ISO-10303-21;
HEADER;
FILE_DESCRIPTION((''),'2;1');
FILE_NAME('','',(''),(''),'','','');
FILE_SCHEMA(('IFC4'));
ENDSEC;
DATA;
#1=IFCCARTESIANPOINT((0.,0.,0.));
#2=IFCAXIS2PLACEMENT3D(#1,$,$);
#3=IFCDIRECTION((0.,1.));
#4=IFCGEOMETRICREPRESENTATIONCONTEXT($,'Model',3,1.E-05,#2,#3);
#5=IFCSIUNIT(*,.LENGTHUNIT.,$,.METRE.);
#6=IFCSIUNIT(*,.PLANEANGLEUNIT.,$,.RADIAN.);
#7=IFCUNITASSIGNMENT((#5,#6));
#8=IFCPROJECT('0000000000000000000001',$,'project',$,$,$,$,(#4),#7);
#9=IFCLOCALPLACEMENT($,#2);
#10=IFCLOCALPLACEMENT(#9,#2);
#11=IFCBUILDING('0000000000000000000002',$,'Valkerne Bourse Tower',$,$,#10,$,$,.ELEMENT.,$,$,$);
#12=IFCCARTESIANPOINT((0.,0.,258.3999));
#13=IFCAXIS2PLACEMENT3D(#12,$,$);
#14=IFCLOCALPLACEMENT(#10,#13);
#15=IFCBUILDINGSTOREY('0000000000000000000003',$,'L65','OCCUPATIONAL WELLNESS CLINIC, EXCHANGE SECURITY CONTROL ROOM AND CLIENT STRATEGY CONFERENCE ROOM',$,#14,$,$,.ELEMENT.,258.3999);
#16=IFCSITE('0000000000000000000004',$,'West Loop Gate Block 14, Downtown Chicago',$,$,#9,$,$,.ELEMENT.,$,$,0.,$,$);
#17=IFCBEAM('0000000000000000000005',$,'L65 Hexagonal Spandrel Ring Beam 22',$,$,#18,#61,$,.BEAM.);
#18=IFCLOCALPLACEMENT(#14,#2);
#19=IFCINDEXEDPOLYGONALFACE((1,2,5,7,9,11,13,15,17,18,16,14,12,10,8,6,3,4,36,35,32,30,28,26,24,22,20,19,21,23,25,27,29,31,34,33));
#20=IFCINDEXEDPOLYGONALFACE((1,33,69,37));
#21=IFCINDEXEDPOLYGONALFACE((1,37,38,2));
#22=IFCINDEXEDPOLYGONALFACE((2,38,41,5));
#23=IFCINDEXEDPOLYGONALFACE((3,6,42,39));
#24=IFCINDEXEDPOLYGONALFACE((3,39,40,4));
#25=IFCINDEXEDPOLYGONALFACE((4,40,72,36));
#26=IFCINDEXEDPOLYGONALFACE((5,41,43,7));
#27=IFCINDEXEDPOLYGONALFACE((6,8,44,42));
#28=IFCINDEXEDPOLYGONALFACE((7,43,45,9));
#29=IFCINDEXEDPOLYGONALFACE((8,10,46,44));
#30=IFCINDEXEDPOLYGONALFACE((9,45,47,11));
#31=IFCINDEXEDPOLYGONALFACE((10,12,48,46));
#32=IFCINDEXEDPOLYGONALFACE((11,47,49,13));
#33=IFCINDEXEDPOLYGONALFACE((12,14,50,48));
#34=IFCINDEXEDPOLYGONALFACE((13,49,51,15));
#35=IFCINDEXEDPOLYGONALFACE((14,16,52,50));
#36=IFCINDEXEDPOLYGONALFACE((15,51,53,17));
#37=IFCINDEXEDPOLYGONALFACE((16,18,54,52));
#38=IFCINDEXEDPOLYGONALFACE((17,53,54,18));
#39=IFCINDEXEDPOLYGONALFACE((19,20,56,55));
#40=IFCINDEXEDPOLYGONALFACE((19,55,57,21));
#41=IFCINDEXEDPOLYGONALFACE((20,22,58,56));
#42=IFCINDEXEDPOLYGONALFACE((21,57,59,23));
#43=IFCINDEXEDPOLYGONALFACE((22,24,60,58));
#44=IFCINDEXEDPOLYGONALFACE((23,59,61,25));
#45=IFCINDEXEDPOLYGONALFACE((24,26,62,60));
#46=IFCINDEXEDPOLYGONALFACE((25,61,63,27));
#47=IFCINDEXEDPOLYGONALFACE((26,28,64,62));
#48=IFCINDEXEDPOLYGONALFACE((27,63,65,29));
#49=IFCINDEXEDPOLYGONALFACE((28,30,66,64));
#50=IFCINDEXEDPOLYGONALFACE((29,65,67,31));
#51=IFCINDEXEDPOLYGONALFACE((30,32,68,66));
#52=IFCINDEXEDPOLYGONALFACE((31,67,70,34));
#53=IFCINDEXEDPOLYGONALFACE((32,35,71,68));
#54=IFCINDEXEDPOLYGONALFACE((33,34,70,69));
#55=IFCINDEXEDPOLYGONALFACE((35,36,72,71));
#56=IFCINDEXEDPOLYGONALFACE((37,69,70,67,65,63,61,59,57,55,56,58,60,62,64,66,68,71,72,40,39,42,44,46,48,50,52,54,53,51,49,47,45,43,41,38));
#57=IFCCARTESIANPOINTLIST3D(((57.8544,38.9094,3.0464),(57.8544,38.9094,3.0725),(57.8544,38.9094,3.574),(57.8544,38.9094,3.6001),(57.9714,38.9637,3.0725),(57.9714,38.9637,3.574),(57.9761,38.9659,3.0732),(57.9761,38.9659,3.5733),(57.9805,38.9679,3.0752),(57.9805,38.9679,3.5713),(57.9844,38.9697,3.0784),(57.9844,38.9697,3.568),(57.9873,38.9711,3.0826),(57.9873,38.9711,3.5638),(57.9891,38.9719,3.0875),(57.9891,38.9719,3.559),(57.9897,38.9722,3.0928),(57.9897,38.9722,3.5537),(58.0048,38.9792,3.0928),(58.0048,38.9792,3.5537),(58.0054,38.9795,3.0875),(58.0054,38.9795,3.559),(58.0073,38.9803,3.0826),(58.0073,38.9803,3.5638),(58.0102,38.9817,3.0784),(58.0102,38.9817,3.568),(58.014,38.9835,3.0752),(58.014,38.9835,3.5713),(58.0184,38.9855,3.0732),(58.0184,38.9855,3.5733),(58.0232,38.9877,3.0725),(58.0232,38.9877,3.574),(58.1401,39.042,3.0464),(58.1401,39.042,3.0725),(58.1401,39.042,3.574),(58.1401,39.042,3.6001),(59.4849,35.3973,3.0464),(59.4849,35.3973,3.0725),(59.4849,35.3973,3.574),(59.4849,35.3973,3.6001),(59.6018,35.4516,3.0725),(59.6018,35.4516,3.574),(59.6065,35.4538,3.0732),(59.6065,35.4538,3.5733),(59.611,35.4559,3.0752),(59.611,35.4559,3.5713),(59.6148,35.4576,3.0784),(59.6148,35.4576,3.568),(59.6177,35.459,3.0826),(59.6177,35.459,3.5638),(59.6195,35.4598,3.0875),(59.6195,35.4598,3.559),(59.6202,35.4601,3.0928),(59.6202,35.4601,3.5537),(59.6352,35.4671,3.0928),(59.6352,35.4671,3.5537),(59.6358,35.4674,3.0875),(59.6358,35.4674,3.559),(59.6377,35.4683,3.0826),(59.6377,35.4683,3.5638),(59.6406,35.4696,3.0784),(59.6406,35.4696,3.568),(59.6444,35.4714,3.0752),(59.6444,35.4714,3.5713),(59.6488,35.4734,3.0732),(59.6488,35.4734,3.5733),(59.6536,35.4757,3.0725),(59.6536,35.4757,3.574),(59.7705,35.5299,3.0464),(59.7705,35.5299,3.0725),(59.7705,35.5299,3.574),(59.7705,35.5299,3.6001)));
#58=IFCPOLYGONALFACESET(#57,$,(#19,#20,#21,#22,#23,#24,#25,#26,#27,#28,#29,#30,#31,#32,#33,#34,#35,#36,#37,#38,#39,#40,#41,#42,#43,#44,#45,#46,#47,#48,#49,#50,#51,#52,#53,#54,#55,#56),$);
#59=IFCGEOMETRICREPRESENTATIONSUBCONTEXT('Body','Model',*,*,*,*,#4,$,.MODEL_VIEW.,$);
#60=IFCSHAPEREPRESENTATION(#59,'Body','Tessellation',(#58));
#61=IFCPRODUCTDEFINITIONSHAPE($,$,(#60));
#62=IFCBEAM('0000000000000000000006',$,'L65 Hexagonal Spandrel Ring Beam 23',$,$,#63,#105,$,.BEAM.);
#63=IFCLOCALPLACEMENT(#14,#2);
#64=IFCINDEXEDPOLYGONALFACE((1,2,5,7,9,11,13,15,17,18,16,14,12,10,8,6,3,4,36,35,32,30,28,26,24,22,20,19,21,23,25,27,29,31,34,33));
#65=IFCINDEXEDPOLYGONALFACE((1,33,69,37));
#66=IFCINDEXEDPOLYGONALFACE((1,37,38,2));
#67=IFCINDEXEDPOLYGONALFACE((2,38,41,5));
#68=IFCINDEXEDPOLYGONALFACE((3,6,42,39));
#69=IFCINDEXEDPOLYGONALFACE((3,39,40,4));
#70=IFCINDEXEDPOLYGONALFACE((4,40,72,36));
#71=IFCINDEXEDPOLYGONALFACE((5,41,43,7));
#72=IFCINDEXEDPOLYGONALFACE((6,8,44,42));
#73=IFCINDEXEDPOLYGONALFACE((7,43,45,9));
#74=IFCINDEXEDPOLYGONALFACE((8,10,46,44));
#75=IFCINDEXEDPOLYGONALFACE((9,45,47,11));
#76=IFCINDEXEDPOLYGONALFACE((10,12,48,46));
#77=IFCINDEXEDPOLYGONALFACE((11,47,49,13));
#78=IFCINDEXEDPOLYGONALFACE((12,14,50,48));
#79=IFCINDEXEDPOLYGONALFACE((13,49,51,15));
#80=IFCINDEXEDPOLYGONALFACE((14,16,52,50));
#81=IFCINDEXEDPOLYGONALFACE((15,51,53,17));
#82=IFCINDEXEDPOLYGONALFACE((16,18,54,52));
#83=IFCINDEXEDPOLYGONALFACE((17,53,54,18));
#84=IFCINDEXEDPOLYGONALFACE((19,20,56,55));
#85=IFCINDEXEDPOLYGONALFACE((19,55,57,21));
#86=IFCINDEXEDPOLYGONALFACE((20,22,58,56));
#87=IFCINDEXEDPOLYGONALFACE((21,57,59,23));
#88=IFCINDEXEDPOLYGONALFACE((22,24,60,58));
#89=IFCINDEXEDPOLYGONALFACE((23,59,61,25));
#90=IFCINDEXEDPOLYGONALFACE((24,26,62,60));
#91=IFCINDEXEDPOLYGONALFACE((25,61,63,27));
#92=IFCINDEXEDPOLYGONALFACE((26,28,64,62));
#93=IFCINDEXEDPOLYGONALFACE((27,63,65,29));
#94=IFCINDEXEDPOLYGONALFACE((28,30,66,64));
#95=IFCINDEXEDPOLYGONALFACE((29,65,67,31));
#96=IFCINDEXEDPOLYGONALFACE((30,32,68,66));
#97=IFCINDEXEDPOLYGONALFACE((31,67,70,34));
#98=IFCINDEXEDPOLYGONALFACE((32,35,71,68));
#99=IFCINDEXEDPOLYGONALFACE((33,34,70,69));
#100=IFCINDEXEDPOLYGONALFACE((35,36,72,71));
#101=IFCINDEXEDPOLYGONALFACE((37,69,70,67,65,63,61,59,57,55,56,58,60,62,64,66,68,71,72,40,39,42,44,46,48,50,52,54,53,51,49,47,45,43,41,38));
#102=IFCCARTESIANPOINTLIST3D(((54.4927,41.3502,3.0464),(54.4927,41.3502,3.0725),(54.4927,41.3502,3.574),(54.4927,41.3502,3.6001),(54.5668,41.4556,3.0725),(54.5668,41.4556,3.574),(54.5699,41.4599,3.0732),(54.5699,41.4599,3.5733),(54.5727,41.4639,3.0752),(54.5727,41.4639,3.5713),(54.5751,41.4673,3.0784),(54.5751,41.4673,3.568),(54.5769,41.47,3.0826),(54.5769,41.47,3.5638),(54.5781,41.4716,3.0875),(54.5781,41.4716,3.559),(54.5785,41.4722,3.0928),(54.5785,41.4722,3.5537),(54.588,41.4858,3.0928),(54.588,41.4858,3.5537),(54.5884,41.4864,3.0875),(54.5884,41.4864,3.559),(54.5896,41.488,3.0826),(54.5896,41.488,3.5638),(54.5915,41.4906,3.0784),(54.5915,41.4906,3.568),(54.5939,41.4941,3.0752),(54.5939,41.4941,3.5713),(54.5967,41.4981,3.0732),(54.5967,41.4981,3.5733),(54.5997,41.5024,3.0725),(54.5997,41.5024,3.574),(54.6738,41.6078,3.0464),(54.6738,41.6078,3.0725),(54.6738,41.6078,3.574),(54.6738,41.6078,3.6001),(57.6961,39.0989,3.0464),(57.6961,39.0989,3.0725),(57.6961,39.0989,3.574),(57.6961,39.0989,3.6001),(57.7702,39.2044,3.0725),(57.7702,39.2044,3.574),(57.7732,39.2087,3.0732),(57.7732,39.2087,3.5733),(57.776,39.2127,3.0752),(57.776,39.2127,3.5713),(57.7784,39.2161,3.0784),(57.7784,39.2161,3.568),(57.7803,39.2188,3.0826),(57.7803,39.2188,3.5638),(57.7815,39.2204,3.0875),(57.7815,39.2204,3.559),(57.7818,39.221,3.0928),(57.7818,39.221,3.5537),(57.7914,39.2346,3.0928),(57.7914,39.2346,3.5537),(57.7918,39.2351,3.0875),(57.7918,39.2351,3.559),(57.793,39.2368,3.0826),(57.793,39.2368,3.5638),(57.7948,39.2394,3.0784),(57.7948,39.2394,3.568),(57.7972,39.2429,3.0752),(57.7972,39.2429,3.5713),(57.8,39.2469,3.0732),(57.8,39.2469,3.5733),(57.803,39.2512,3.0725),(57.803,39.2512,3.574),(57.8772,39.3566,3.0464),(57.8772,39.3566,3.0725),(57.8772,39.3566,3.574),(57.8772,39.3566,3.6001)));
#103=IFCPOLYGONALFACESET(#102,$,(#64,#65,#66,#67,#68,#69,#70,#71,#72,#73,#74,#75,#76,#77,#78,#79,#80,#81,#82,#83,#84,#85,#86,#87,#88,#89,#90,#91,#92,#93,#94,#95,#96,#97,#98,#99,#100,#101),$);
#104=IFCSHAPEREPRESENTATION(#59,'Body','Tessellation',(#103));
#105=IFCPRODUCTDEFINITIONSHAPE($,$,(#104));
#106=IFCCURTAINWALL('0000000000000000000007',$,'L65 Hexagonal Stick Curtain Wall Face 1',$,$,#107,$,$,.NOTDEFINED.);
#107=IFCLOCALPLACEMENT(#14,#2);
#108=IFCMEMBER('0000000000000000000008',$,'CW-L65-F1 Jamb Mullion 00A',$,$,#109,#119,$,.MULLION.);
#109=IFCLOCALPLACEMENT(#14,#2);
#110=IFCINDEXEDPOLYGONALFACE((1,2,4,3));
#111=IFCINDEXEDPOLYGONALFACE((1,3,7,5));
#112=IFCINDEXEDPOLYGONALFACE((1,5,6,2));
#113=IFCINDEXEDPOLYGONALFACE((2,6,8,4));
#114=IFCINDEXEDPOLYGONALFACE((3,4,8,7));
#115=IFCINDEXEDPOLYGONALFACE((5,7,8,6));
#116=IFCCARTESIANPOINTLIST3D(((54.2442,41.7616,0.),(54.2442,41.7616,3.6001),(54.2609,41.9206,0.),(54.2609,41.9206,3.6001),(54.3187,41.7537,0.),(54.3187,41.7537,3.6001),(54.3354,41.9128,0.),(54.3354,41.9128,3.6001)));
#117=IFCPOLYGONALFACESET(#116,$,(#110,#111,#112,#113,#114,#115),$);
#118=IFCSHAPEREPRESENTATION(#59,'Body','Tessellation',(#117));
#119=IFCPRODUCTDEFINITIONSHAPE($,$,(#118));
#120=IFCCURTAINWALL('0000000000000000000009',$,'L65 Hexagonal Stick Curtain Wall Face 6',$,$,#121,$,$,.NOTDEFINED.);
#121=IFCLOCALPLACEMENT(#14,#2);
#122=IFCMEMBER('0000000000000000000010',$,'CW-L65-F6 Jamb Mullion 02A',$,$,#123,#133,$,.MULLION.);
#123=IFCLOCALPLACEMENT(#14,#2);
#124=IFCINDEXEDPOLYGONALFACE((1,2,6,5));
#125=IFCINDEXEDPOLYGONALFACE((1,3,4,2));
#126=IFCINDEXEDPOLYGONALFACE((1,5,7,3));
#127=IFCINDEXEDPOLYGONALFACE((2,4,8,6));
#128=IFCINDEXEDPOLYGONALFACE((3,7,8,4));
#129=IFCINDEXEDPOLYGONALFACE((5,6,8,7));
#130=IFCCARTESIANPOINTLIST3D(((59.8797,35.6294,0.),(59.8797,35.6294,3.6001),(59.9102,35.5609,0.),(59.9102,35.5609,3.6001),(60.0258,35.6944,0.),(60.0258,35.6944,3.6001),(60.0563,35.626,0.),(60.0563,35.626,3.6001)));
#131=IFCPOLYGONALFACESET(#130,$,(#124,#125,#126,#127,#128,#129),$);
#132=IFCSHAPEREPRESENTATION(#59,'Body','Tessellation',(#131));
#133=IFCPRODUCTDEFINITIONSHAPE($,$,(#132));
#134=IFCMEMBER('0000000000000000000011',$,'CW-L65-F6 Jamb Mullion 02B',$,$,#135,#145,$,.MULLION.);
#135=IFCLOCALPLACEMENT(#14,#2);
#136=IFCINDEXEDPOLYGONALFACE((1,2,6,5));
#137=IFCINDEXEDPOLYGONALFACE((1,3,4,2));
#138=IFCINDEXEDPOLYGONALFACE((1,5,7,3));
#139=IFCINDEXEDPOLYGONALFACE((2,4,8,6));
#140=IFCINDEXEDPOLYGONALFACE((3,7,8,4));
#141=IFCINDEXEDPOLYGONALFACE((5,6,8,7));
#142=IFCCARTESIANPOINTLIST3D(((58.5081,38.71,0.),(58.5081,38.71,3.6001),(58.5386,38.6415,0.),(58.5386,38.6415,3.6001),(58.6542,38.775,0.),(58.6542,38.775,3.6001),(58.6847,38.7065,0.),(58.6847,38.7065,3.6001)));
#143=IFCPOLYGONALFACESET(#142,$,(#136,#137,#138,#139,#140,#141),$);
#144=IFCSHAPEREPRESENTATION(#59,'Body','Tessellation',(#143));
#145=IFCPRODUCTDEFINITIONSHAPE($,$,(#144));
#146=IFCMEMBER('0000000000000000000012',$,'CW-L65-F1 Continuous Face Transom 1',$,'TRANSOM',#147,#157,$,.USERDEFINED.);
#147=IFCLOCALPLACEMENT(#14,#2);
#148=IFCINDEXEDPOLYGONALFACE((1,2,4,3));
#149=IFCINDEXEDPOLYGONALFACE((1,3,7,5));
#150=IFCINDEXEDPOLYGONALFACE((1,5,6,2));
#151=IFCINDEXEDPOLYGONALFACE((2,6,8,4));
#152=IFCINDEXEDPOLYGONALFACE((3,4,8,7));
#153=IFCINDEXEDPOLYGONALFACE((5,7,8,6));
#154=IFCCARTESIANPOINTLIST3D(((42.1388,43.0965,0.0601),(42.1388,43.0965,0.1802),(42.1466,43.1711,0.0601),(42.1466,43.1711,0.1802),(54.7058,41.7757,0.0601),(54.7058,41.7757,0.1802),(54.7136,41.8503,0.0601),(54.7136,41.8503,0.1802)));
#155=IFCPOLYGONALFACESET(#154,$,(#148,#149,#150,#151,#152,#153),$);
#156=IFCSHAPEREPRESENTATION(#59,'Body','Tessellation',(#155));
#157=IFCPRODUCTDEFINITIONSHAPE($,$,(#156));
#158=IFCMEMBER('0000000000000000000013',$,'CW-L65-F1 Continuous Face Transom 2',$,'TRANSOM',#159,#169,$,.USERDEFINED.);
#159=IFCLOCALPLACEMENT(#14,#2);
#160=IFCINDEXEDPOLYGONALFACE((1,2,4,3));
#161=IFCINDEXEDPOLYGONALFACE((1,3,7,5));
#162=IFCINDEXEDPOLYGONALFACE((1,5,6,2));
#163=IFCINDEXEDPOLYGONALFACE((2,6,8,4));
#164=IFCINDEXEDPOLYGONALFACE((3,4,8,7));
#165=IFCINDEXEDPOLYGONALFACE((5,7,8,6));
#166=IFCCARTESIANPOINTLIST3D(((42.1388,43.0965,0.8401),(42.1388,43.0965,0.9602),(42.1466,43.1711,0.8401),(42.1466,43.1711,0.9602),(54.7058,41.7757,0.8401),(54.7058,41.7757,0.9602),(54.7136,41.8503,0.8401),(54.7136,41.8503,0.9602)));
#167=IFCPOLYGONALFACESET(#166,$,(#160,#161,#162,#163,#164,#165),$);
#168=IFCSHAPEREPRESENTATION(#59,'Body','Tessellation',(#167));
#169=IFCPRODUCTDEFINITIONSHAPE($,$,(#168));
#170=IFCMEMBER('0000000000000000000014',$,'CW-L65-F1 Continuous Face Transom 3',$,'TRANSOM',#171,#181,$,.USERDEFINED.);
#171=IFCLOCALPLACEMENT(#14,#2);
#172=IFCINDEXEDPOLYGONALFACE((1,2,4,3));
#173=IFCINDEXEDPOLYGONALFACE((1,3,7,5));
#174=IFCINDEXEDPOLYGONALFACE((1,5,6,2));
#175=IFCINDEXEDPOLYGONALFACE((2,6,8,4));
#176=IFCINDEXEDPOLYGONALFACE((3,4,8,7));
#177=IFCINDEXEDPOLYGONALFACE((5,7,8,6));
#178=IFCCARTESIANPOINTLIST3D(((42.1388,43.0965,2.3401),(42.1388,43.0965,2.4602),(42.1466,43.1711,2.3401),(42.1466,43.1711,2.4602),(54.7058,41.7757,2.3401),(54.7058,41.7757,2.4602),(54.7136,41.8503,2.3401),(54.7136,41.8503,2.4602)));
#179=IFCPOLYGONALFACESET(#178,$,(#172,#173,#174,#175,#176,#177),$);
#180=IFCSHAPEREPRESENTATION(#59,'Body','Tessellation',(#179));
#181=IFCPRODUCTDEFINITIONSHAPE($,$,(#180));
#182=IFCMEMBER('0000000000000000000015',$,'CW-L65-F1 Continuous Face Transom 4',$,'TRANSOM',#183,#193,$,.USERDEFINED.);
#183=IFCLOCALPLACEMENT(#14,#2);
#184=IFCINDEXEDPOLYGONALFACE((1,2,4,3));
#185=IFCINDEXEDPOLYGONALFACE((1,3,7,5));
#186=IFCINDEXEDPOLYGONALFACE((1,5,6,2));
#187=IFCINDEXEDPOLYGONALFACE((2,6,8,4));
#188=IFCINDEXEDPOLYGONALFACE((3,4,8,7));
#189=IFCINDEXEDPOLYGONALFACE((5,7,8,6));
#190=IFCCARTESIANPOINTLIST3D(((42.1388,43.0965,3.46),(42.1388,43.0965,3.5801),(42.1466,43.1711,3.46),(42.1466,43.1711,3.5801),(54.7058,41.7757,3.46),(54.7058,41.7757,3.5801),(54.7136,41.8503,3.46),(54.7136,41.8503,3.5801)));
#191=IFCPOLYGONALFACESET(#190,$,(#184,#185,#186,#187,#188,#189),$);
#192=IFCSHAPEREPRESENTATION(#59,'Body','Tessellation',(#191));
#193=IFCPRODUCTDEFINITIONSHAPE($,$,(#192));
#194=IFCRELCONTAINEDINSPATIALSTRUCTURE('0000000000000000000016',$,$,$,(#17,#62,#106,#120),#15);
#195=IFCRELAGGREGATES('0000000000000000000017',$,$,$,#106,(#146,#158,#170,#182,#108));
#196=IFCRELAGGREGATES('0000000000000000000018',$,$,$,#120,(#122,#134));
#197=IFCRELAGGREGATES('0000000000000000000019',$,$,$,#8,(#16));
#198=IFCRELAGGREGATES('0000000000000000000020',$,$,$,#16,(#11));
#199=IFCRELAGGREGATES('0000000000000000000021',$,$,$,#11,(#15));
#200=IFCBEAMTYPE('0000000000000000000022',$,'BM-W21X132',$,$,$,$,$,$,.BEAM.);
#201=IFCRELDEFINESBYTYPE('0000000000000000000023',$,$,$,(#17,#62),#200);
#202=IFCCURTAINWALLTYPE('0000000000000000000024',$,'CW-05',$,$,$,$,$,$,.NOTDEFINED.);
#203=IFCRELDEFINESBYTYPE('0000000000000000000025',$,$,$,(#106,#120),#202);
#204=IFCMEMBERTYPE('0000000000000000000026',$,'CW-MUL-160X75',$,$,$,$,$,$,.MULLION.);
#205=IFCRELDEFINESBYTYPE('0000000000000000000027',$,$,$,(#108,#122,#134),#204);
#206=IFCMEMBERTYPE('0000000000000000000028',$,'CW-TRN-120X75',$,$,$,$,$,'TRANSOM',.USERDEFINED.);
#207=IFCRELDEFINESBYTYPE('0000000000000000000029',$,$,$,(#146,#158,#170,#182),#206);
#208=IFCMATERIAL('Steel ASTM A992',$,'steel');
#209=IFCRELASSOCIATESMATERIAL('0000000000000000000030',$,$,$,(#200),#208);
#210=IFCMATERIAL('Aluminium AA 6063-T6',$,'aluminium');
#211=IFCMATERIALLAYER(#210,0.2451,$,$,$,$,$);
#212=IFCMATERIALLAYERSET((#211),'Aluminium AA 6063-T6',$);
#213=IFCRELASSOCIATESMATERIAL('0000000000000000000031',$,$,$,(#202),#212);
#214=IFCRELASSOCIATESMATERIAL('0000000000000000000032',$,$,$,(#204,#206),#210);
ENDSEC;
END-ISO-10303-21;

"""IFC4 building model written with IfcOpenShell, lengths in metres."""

from ifc_helpers import new_model, si_unit, direction, frame, origin, origin_2d, place, context, subcontext, project, spatial, rectangle, i_section, extrude, material, layer, layer_set, material_profile, profile_set, type_object, element, aggregate, save


model = new_model("IFC4")

# Units and contexts
model_context = context("Model", 3, precision=1e-05, world=origin(), true_north=direction((0.0, 1.0)))
body_context = subcontext(model_context, "Body", "Model", "MODEL_VIEW")
ifc_project = project(units=[si_unit("LENGTHUNIT", "METRE"), si_unit("PLANEANGLEUNIT", "RADIAN")], contexts=[model_context])

# Site, building, storey
site_placement = place(None, origin())
site = spatial("IfcSite", under=ifc_project, at=site_placement, Name="West Loop Gate Block 14, Downtown Chicago", CompositionType="ELEMENT", RefElevation=0.0)
building_placement = place(site_placement, origin())
building = spatial("IfcBuilding", under=site, at=building_placement, Name="Valkerne Bourse Tower", CompositionType="ELEMENT")
storey_placement = place(building_placement, frame((0.0, 0.0, 258.3999)))
storey = spatial("IfcBuildingStorey", under=building, at=storey_placement, Name="L65", Description="OCCUPATIONAL WELLNESS CLINIC, EXCHANGE SECURITY CONTROL ROOM AND CLIENT STRATEGY CONFERENCE ROOM", CompositionType="ELEMENT", Elevation=258.3999)

# Beams
ifc_material_1 = material(Name="Steel ASTM A992", Category="steel")
ifc_material_profile_1 = material_profile(ifc_material_1, i_section(OverallWidth=0.3149, OverallDepth=0.5537, WebThickness=0.0166, FlangeThickness=0.0261, FilletRadius=0.0203, at=origin_2d()), Name="W21X132")
ifc_profile_set_1 = profile_set([ifc_material_profile_1], Name="Steel ASTM A992")
beam_type = type_object("IfcBeamType", Name="BM-W21X132", PredefinedType="BEAM", material=ifc_profile_set_1)
beam_1_placement = place(storey_placement, frame((59.6277, 35.4636, 3.3232), z_axis=(-0.421072, 0.907027, 0.0), x_axis=(-0.907027, -0.421072, 0.0)))
element("IfcBeam", 1, at=beam_1_placement, inside=storey, type_object=beam_type, Name="L65 Hexagonal Spandrel Ring Beam 22", PredefinedType="BEAM", context=body_context, shape_type="SweptSolid", body=[
    extrude(i_section(OverallWidth=0.3149, OverallDepth=0.5537, WebThickness=0.0166, FlangeThickness=0.0261, FilletRadius=0.0203, at=origin_2d()), origin(), (0.0, 0.0, 1.0), 3.8721),
])
beam_2_placement = place(storey_placement, frame((57.7866, 39.2278, 3.3232), z_axis=(-0.818167, 0.57498, 0.0), x_axis=(-0.57498, -0.818167, 0.0)))
element("IfcBeam", 2, at=beam_2_placement, inside=storey, type_object=beam_type, Name="L65 Hexagonal Spandrel Ring Beam 23", PredefinedType="BEAM", context=body_context, shape_type="SweptSolid", body=[
    extrude(i_section(OverallWidth=0.3149, OverallDepth=0.5537, WebThickness=0.0166, FlangeThickness=0.0261, FilletRadius=0.0203, at=origin_2d()), origin(), (0.0, 0.0, 1.0), 3.9153),
])

# Curtain wall, member
ifc_material_2 = material(Name="Aluminium AA 6063-T6", Category="aluminium")
ifc_layer_1 = layer(ifc_material_2, 0.2451)
ifc_layer_set_1 = layer_set([ifc_layer_1], Name="Aluminium AA 6063-T6")
curtain_wall_type = type_object("IfcCurtainWallType", Name="CW-05", PredefinedType="NOTDEFINED", material=ifc_layer_set_1)
curtain_wall_1_placement = place(storey_placement, origin())
curtain_wall_1 = element("IfcCurtainWall", 3, at=curtain_wall_1_placement, inside=storey, type_object=curtain_wall_type, Name="L65 Hexagonal Stick Curtain Wall Face 1", PredefinedType="NOTDEFINED")
ifc_material_profile_2 = material_profile(ifc_material_2, rectangle(XDim=0.075, YDim=0.1599, at=origin_2d()), Name="CWM-75X160")
ifc_profile_set_2 = profile_set([ifc_material_profile_2], Name="Aluminium AA 6063-T6")
member_type_1 = type_object("IfcMemberType", Name="CW-MUL-160X75", PredefinedType="MULLION", material=ifc_profile_set_2)
member_1_placement = place(storey_placement, frame((54.2898, 41.8372, 0.0), z_axis=(0.0, 0.0, 1.0), x_axis=(-0.994524, 0.104512, 0.0)))
member_1 = element("IfcMember", 4, at=member_1_placement, type_object=member_type_1, Name="CW-L65-F1 Jamb Mullion 00A", PredefinedType="MULLION", context=body_context, shape_type="SweptSolid", body=[
    extrude(rectangle(XDim=0.075, YDim=0.1599, at=origin_2d()), origin(), (0.0, 0.0, 1.0), 3.6001),
])

# Curtain wall, members
curtain_wall_2_placement = place(storey_placement, origin())
curtain_wall_2 = element("IfcCurtainWall", 5, at=curtain_wall_2_placement, inside=storey, type_object=curtain_wall_type, Name="L65 Hexagonal Stick Curtain Wall Face 6", PredefinedType="NOTDEFINED")
member_2_placement = place(storey_placement, frame((59.968, 35.6277, 0.0), z_axis=(0.0, 0.0, 1.0), x_axis=(-0.406738, 0.913545, 0.0)))
member_2 = element("IfcMember", 6, at=member_2_placement, type_object=member_type_1, Name="CW-L65-F6 Jamb Mullion 02A", PredefinedType="MULLION", context=body_context, shape_type="SweptSolid", body=[
    extrude(rectangle(XDim=0.075, YDim=0.1599, at=origin_2d()), origin(), (0.0, 0.0, 1.0), 3.6001),
])
member_3_placement = place(storey_placement, frame((58.5964, 38.7083, 0.0), z_axis=(0.0, 0.0, 1.0), x_axis=(-0.406738, 0.913545, 0.0)))
member_3 = element("IfcMember", 7, at=member_3_placement, type_object=member_type_1, Name="CW-L65-F6 Jamb Mullion 02B", PredefinedType="MULLION", context=body_context, shape_type="SweptSolid", body=[
    extrude(rectangle(XDim=0.075, YDim=0.1599, at=origin_2d()), origin(), (0.0, 0.0, 1.0), 3.6001),
])

# Members
ifc_material_profile_3 = material_profile(ifc_material_2, rectangle(XDim=0.075, YDim=0.1201, at=origin_2d()), Name="CWT-75X120")
ifc_profile_set_3 = profile_set([ifc_material_profile_3], Name="Aluminium AA 6063-T6")
member_type_2 = type_object("IfcMemberType", Name="CW-TRN-120X75", ElementType="TRANSOM", PredefinedType="USERDEFINED", material=ifc_profile_set_3)
member_4_placement = place(storey_placement, frame((54.7097, 41.813, 0.1201), z_axis=(-0.994522, 0.104526, 0.0), x_axis=(-0.104526, -0.994522, 0.0)))
member_4 = element("IfcMember", 8, at=member_4_placement, type_object=member_type_2, Name="CW-L65-F1 Continuous Face Transom 1", ObjectType="TRANSOM", PredefinedType="USERDEFINED", context=body_context, shape_type="SweptSolid", body=[
    extrude(rectangle(XDim=0.075, YDim=0.1201, at=origin_2d()), origin(), (0.0, 0.0, 1.0), 12.6362),
])
member_5_placement = place(storey_placement, frame((54.7097, 41.813, 0.9001), z_axis=(-0.994522, 0.104526, 0.0), x_axis=(-0.104526, -0.994522, 0.0)))
member_5 = element("IfcMember", 9, at=member_5_placement, type_object=member_type_2, Name="CW-L65-F1 Continuous Face Transom 2", ObjectType="TRANSOM", PredefinedType="USERDEFINED", context=body_context, shape_type="SweptSolid", body=[
    extrude(rectangle(XDim=0.075, YDim=0.1201, at=origin_2d()), origin(), (0.0, 0.0, 1.0), 12.6362),
])
member_6_placement = place(storey_placement, frame((54.7097, 41.813, 2.4001), z_axis=(-0.994522, 0.104526, 0.0), x_axis=(-0.104526, -0.994522, 0.0)))
member_6 = element("IfcMember", 10, at=member_6_placement, type_object=member_type_2, Name="CW-L65-F1 Continuous Face Transom 3", ObjectType="TRANSOM", PredefinedType="USERDEFINED", context=body_context, shape_type="SweptSolid", body=[
    extrude(rectangle(XDim=0.075, YDim=0.1201, at=origin_2d()), origin(), (0.0, 0.0, 1.0), 12.6362),
])
member_7_placement = place(storey_placement, frame((54.7097, 41.813, 3.52), z_axis=(-0.994522, 0.104526, 0.0), x_axis=(-0.104526, -0.994522, 0.0)))
member_7 = element("IfcMember", 11, at=member_7_placement, type_object=member_type_2, Name="CW-L65-F1 Continuous Face Transom 4", ObjectType="TRANSOM", PredefinedType="USERDEFINED", context=body_context, shape_type="SweptSolid", body=[
    extrude(rectangle(XDim=0.075, YDim=0.1201, at=origin_2d()), origin(), (0.0, 0.0, 1.0), 12.6362),
])

aggregate(curtain_wall_1, [member_4, member_5, member_6, member_7, member_1])
aggregate(curtain_wall_2, [member_2, member_3])

save(model, "model.ifc")
